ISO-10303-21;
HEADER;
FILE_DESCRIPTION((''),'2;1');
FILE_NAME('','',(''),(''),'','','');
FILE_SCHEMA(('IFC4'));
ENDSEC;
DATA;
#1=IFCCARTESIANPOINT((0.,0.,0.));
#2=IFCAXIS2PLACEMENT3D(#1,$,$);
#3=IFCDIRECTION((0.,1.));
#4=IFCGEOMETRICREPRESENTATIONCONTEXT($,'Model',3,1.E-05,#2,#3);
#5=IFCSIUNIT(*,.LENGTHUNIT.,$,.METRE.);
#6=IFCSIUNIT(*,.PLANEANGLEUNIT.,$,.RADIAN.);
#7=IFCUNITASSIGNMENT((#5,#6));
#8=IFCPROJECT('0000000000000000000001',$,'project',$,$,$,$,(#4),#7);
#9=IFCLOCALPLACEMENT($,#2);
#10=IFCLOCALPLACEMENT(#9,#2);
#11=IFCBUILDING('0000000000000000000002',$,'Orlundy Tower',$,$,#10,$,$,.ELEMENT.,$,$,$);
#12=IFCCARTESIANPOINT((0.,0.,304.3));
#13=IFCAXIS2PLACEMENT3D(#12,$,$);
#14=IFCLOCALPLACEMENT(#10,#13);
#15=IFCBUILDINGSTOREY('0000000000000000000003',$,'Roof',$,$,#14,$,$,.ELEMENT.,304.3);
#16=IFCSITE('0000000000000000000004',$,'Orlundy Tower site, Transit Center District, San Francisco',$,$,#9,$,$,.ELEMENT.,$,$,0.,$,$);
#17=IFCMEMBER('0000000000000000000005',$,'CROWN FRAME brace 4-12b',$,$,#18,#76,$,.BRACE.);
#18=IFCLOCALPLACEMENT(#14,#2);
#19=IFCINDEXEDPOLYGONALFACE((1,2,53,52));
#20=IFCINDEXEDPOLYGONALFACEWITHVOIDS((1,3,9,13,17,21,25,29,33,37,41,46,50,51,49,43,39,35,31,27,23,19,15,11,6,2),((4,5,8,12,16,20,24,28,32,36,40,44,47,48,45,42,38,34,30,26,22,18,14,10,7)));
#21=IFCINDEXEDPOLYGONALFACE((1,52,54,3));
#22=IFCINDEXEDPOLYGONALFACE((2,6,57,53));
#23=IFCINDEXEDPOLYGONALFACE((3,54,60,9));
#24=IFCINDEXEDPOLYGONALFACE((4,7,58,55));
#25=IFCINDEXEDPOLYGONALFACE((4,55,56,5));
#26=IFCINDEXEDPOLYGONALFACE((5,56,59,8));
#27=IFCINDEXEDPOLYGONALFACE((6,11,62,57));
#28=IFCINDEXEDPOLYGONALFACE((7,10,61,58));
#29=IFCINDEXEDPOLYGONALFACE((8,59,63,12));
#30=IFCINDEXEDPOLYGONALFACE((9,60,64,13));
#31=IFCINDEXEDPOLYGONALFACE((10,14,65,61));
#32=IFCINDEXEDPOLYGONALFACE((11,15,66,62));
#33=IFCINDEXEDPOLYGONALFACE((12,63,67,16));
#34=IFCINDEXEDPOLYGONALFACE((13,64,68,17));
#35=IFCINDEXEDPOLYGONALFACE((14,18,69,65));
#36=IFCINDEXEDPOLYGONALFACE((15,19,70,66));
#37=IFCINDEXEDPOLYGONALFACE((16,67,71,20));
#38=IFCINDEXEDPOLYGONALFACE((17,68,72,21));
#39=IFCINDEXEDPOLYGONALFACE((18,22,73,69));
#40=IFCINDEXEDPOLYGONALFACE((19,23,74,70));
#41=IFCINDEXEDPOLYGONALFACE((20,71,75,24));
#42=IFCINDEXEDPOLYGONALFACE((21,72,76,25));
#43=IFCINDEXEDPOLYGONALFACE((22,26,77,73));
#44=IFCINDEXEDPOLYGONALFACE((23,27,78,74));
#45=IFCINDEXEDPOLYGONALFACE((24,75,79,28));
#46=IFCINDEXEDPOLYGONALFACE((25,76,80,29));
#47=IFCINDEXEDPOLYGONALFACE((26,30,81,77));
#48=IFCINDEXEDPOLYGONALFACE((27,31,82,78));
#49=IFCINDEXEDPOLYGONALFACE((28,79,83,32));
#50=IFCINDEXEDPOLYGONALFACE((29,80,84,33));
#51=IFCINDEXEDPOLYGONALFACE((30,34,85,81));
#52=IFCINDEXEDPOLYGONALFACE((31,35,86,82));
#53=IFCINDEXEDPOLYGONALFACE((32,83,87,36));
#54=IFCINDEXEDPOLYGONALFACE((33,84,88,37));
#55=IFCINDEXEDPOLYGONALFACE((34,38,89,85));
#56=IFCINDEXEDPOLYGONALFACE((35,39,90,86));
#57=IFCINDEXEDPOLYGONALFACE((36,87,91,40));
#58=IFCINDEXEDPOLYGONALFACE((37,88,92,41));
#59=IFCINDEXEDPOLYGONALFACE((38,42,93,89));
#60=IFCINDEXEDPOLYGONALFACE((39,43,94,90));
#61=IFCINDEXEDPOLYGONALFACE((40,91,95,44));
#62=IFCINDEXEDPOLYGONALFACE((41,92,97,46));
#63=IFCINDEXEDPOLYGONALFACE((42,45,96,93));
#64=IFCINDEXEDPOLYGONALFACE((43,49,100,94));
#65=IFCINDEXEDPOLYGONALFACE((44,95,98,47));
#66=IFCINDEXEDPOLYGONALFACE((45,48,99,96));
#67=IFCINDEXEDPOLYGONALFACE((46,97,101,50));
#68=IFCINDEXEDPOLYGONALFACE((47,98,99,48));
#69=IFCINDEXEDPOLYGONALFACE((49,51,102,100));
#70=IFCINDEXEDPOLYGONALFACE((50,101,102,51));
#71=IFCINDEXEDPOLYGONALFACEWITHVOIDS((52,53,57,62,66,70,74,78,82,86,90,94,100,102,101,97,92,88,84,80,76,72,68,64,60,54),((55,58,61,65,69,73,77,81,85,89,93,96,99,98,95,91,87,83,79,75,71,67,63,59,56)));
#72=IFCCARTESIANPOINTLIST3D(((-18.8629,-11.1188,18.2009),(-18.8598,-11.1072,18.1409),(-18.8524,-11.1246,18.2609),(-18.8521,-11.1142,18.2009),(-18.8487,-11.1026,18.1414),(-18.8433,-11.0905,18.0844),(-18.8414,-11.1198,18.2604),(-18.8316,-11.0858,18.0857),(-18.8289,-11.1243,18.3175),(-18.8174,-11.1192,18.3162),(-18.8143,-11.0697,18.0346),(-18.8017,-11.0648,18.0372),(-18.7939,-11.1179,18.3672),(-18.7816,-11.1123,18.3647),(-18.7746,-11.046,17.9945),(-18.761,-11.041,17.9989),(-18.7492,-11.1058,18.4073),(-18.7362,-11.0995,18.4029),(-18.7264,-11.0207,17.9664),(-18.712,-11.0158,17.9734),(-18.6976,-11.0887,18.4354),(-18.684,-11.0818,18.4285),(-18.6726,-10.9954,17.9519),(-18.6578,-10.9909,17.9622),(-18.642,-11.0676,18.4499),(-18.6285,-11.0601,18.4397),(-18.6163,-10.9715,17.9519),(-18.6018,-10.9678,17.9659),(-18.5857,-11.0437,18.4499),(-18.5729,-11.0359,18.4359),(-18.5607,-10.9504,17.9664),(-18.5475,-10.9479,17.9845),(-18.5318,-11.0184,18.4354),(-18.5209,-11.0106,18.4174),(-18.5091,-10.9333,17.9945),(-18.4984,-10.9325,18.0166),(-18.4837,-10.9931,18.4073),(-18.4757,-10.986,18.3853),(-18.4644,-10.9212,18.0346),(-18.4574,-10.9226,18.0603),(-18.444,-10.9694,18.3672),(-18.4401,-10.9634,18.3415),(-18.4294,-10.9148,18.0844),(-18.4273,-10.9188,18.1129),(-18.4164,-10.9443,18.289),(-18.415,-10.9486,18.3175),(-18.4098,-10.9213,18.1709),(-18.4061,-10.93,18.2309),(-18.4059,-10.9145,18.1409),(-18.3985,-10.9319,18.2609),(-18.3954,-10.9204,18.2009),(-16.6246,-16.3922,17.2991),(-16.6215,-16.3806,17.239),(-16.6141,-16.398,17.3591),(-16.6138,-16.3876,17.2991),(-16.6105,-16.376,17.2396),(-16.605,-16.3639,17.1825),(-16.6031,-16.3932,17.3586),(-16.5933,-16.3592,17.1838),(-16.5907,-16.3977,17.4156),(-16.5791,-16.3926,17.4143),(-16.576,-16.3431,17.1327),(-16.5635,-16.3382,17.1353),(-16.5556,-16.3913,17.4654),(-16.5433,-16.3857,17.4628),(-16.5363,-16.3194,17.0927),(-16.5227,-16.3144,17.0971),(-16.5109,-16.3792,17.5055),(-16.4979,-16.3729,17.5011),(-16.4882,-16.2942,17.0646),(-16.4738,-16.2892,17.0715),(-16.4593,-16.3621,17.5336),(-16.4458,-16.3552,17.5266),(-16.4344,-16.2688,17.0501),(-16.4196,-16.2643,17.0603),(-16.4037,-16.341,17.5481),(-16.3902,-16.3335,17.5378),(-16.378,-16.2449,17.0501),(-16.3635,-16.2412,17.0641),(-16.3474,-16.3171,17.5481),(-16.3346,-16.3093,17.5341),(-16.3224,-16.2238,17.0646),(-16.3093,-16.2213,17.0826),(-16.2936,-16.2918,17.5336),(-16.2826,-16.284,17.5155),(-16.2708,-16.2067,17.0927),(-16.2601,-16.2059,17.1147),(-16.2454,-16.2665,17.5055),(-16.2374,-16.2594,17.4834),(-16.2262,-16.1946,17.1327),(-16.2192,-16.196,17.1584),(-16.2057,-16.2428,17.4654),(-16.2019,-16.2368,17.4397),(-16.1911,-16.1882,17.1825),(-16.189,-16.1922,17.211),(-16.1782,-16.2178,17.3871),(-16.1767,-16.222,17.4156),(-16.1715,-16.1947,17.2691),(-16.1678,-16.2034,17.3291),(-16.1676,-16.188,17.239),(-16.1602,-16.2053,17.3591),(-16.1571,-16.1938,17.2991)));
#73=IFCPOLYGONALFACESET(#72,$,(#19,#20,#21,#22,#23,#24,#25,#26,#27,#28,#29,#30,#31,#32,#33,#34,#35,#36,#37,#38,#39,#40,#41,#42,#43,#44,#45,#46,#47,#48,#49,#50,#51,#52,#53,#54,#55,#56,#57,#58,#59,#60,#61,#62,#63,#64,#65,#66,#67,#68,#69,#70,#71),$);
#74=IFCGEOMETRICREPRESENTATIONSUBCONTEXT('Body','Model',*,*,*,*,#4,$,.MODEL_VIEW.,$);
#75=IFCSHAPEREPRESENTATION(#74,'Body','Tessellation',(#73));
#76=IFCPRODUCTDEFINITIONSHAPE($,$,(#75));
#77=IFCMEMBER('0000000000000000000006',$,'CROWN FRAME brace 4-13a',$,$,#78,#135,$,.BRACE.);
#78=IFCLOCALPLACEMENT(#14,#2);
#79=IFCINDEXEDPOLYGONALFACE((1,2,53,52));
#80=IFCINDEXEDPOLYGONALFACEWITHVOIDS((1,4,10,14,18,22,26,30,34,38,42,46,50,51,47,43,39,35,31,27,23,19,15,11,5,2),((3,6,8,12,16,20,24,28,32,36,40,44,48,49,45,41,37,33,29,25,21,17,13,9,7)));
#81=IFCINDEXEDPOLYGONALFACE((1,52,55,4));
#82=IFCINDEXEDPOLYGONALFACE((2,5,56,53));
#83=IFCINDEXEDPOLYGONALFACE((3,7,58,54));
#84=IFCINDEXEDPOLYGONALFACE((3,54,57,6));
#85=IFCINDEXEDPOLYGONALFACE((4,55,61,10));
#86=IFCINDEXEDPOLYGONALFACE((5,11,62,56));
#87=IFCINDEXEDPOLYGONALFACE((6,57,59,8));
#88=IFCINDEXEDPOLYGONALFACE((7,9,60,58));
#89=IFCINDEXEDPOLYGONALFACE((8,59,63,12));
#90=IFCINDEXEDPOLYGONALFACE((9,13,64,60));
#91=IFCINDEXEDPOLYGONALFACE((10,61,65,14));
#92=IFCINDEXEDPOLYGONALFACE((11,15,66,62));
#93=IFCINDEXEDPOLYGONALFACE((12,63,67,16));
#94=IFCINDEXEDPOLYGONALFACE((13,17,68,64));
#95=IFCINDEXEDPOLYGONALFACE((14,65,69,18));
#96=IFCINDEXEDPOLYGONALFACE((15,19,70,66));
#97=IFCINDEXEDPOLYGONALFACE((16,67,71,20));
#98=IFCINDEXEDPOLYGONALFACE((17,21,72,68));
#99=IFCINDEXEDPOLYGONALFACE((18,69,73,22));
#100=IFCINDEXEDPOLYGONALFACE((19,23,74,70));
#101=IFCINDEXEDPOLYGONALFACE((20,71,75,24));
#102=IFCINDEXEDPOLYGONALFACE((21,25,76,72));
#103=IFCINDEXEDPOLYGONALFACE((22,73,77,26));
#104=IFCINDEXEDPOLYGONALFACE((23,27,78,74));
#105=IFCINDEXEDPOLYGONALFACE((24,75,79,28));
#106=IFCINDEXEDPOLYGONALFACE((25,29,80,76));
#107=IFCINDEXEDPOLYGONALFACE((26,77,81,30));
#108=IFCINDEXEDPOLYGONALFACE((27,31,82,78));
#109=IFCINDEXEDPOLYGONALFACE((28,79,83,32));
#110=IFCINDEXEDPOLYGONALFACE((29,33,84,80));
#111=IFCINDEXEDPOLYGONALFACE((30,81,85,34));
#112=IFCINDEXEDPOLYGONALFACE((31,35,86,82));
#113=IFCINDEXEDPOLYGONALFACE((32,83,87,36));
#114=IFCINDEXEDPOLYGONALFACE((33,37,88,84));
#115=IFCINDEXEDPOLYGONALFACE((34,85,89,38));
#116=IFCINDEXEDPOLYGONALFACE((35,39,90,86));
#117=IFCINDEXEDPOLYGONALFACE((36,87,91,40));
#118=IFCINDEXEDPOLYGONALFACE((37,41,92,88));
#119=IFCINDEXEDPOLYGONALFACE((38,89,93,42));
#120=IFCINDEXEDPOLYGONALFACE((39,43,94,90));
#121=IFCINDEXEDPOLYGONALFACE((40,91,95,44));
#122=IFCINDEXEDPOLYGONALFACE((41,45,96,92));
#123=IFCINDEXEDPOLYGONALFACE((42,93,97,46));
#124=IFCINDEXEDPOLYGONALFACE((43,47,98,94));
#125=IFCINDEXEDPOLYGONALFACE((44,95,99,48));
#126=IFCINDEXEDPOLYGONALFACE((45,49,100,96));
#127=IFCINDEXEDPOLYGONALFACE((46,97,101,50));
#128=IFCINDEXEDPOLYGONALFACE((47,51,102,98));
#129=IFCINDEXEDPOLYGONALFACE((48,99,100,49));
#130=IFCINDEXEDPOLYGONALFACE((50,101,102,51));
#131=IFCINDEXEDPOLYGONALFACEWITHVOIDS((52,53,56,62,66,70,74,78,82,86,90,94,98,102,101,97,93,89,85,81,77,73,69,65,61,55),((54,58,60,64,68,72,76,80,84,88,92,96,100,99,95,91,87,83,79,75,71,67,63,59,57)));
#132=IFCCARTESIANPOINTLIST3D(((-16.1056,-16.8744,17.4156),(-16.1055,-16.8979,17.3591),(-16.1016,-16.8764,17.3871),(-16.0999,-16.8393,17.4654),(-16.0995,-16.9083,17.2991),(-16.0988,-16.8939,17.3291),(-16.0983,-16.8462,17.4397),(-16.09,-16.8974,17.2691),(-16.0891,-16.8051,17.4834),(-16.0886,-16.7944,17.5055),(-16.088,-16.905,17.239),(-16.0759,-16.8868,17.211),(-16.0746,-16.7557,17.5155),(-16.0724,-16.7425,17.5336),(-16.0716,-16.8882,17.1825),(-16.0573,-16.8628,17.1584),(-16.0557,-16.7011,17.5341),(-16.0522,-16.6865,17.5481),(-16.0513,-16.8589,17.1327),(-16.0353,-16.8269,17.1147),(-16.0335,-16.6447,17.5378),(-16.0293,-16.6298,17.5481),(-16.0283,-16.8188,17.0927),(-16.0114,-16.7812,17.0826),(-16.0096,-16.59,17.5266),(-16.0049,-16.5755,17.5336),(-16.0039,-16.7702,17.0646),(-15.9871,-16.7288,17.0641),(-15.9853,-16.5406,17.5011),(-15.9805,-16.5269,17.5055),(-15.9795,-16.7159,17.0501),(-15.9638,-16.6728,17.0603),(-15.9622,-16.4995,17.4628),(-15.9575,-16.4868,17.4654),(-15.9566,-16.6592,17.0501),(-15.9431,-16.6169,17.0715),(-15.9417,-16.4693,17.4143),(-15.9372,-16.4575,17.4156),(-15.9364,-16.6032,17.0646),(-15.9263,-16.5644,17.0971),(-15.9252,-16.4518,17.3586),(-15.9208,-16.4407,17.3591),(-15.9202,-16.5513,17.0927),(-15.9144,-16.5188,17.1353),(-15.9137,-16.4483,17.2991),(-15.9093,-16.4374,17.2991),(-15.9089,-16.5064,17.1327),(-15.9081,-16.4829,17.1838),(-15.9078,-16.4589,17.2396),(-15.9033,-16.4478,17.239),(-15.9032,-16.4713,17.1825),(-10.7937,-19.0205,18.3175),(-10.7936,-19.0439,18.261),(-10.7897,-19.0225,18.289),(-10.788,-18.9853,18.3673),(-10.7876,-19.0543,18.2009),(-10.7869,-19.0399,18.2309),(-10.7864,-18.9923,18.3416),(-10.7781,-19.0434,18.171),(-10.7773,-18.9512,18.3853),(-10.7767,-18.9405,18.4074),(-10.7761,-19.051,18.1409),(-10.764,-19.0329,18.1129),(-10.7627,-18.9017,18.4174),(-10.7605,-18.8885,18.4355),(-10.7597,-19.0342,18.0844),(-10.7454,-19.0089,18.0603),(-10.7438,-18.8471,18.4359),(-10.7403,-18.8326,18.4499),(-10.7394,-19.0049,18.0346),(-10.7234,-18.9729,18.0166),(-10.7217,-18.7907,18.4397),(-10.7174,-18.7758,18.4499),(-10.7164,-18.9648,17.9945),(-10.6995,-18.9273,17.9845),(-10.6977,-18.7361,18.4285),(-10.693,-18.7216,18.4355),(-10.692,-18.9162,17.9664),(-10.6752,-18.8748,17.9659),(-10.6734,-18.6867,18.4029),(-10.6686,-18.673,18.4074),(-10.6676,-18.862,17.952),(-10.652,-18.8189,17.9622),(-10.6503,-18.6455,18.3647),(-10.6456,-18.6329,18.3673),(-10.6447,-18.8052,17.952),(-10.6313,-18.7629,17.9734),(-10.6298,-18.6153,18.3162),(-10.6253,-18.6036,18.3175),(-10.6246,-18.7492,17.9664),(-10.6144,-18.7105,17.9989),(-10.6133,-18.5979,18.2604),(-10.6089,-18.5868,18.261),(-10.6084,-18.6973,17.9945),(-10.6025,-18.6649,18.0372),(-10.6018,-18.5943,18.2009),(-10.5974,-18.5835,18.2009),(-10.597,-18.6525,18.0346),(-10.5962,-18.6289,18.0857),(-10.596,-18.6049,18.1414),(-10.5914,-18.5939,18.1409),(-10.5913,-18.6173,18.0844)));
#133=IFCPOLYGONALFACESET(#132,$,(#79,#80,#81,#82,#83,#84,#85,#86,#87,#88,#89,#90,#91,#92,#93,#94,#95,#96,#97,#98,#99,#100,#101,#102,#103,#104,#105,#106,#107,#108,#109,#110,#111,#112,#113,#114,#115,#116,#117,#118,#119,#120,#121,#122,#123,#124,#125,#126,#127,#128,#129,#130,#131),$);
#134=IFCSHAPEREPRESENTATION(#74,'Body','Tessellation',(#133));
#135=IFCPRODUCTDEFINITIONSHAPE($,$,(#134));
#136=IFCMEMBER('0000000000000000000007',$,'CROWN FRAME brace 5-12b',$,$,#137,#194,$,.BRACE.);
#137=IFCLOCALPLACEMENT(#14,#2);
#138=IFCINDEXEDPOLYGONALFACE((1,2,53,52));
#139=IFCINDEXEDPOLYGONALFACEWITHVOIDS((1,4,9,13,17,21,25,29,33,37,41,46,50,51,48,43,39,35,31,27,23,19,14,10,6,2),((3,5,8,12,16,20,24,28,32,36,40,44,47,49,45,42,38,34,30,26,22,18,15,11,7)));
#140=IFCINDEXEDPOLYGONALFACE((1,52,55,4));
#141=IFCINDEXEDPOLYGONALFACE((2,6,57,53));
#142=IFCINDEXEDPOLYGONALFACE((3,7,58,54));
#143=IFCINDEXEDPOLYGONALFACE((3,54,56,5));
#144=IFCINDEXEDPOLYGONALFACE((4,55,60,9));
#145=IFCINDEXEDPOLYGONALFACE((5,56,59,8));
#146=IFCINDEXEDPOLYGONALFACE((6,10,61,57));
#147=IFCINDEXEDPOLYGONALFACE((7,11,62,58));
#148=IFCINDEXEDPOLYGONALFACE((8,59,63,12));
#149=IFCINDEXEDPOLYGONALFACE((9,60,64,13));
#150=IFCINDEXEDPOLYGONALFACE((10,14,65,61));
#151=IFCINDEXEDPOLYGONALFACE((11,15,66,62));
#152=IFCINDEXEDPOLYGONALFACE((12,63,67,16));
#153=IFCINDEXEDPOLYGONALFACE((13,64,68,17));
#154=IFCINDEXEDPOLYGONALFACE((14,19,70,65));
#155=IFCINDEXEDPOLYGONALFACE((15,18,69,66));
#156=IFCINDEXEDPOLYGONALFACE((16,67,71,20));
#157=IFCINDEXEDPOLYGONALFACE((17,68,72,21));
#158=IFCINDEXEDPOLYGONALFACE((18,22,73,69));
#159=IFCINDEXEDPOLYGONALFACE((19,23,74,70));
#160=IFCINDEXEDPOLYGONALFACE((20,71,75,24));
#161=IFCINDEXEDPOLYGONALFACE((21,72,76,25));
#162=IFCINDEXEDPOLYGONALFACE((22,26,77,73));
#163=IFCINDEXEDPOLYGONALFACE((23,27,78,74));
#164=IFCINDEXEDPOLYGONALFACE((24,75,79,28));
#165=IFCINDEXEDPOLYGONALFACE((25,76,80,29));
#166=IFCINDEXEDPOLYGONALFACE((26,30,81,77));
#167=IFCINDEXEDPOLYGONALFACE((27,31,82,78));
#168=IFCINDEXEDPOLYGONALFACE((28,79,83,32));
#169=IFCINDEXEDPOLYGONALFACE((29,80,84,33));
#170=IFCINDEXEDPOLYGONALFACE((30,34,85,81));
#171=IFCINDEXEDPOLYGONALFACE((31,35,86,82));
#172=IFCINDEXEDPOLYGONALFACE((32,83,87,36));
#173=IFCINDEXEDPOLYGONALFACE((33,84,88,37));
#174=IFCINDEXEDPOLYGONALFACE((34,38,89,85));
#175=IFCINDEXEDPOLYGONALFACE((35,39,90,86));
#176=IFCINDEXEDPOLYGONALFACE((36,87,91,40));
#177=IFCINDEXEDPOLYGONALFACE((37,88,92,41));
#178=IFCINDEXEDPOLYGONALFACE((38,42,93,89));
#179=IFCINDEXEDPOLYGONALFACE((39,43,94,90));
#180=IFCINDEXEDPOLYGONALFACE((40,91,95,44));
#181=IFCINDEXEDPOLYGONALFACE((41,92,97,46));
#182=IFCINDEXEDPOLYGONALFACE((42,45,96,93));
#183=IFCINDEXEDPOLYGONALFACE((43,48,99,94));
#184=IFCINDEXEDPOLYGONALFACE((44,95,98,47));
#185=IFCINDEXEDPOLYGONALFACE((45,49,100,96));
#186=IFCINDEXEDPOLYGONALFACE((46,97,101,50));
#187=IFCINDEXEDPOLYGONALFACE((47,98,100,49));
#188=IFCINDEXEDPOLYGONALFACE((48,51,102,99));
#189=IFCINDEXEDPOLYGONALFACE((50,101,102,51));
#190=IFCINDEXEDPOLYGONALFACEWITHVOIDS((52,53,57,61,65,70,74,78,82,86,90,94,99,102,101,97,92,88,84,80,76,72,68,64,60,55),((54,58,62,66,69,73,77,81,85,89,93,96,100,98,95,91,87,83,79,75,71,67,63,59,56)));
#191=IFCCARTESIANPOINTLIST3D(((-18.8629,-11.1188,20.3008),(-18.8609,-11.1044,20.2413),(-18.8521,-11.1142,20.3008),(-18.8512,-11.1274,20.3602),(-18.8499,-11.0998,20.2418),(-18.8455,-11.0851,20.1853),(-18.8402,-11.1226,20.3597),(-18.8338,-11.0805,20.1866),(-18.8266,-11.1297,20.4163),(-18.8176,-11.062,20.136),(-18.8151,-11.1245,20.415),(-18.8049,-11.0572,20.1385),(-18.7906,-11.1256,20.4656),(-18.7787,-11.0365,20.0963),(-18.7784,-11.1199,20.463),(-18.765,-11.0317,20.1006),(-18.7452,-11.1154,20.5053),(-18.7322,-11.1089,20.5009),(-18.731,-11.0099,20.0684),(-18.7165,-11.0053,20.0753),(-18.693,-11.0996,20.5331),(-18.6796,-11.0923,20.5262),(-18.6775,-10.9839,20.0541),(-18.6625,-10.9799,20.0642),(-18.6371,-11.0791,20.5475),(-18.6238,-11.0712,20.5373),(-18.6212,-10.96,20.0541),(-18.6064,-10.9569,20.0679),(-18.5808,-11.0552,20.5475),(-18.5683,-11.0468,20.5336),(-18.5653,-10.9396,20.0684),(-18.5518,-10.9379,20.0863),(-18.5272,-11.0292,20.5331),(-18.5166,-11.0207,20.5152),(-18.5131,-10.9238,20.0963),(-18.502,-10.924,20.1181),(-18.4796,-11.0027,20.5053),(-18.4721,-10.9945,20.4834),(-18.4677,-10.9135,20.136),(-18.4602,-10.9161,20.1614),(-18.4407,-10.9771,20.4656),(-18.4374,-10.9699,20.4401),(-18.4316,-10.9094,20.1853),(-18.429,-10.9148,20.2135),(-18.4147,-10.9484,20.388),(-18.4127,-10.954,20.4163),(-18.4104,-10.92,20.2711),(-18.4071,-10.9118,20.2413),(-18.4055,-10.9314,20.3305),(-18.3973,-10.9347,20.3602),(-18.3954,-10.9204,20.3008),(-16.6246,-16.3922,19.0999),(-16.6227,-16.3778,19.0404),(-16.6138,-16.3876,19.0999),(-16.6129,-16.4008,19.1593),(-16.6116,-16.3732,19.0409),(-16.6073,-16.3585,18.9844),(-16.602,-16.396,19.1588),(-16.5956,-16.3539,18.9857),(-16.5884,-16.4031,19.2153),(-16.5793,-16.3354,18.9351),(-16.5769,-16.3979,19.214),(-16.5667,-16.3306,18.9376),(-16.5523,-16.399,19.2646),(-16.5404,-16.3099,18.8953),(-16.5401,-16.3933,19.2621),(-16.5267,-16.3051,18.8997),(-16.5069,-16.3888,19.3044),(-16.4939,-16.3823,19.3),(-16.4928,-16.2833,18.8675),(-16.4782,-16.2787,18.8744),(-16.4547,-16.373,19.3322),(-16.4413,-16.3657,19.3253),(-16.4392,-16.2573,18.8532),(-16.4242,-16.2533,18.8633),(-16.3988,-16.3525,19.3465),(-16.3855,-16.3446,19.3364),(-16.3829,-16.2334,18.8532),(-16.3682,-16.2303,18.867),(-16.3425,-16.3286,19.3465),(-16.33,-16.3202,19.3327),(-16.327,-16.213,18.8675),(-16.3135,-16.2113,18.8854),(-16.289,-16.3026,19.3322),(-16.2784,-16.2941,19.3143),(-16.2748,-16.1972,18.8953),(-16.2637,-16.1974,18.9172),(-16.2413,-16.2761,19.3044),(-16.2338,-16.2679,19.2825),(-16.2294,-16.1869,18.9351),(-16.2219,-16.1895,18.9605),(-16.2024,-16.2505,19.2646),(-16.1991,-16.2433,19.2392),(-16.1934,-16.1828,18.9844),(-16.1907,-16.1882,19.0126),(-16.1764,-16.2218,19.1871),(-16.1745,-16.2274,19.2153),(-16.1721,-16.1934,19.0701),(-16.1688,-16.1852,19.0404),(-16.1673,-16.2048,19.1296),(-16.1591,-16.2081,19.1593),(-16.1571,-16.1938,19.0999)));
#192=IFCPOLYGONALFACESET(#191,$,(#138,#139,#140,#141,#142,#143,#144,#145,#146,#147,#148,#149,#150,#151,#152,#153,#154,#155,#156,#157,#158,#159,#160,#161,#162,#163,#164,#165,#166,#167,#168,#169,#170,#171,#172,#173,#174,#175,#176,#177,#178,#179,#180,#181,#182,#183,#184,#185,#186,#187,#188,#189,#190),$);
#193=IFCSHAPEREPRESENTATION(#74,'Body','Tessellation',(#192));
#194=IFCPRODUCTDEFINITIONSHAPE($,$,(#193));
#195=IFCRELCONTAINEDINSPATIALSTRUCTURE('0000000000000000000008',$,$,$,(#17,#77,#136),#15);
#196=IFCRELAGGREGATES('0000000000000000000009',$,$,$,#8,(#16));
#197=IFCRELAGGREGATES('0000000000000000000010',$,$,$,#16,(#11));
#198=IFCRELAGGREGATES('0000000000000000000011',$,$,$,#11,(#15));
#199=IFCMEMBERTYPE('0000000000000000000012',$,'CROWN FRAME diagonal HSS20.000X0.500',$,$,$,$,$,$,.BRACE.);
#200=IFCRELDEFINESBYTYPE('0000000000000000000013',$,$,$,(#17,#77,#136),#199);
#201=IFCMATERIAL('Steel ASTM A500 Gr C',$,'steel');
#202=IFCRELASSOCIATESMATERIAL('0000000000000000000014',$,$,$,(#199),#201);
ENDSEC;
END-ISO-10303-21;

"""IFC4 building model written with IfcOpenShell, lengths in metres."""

from ifc_helpers import new_model, si_unit, direction, frame, origin, origin_2d, place, context, subcontext, project, spatial, hollow_circle, extrude, material, material_profile, profile_set, type_object, element, save


model = new_model("IFC4")

# Units and contexts
model_context = context("Model", 3, precision=1e-05, world=origin(), true_north=direction((0.0, 1.0)))
body_context = subcontext(model_context, "Body", "Model", "MODEL_VIEW")
ifc_project = project(units=[si_unit("LENGTHUNIT", "METRE"), si_unit("PLANEANGLEUNIT", "RADIAN")], contexts=[model_context])

# Site, building, storey
site_placement = place(None, origin())
site = spatial("IfcSite", under=ifc_project, at=site_placement, Name="Orlundy Tower site, Transit Center District, San Francisco", CompositionType="ELEMENT", RefElevation=0.0)
building_placement = place(site_placement, origin())
building = spatial("IfcBuilding", under=site, at=building_placement, Name="Orlundy Tower", CompositionType="ELEMENT")
storey_placement = place(building_placement, frame((0.0, 0.0, 304.3)))
storey = spatial("IfcBuildingStorey", under=building, at=storey_placement, Name="Roof", CompositionType="ELEMENT", Elevation=304.3)

# Members
ifc_material_1 = material(Name="Steel ASTM A500 Gr C", Category="steel")
ifc_material_profile_1 = material_profile(ifc_material_1, hollow_circle(Radius=0.2539, WallThickness=0.0117, at=origin_2d()), Name="HSS20.000X0.500")
ifc_profile_set_1 = profile_set([ifc_material_profile_1], Name="Steel ASTM A500 Gr C")
member_type_1 = type_object("IfcMemberType", Name="CROWN FRAME diagonal HSS20.000X0.500", PredefinedType="BRACE", material=ifc_profile_set_1)
member_1_placement = place(storey_placement, frame((-16.3909, -16.293, 17.2991), z_axis=(-0.385954, 0.909316, 0.15551), x_axis=(-0.920515, -0.390707, 0.0)))
element("IfcMember", 1, at=member_1_placement, inside=storey, type_object=member_type_1, Name="CROWN FRAME brace 4-12b", PredefinedType="BRACE", context=body_context, shape_type="SweptSolid", body=[
    extrude(hollow_circle(Radius=0.2539, WallThickness=0.0117, at=origin_2d()), origin(), (0.0, 0.0, 1.0), 5.7993),
])
member_2_placement = place(storey_placement, frame((-16.0044, -16.6729, 17.2991), z_axis=(0.91591, -0.370035, 0.155507), x_axis=(0.374592, 0.92719, 0.0)))
element("IfcMember", 2, at=member_2_placement, inside=storey, type_object=member_type_1, Name="CROWN FRAME brace 4-13a", PredefinedType="BRACE", context=body_context, shape_type="SweptSolid", body=[
    extrude(hollow_circle(Radius=0.2539, WallThickness=0.0117, at=origin_2d()), origin(), (0.0, 0.0, 1.0), 5.7996),
])
member_3_placement = place(storey_placement, frame((-16.3909, -16.293, 19.0999), z_axis=(-0.382396, 0.900932, 0.205171), x_axis=(-0.920515, -0.390707, 0.0)))
element("IfcMember", 3, at=member_3_placement, inside=storey, type_object=member_type_1, Name="CROWN FRAME brace 5-12b", PredefinedType="BRACE", context=body_context, shape_type="SweptSolid", body=[
    extrude(hollow_circle(Radius=0.2539, WallThickness=0.0117, at=origin_2d()), origin(), (0.0, 0.0, 1.0), 5.8533),
])

save(model, "model.ifc")
